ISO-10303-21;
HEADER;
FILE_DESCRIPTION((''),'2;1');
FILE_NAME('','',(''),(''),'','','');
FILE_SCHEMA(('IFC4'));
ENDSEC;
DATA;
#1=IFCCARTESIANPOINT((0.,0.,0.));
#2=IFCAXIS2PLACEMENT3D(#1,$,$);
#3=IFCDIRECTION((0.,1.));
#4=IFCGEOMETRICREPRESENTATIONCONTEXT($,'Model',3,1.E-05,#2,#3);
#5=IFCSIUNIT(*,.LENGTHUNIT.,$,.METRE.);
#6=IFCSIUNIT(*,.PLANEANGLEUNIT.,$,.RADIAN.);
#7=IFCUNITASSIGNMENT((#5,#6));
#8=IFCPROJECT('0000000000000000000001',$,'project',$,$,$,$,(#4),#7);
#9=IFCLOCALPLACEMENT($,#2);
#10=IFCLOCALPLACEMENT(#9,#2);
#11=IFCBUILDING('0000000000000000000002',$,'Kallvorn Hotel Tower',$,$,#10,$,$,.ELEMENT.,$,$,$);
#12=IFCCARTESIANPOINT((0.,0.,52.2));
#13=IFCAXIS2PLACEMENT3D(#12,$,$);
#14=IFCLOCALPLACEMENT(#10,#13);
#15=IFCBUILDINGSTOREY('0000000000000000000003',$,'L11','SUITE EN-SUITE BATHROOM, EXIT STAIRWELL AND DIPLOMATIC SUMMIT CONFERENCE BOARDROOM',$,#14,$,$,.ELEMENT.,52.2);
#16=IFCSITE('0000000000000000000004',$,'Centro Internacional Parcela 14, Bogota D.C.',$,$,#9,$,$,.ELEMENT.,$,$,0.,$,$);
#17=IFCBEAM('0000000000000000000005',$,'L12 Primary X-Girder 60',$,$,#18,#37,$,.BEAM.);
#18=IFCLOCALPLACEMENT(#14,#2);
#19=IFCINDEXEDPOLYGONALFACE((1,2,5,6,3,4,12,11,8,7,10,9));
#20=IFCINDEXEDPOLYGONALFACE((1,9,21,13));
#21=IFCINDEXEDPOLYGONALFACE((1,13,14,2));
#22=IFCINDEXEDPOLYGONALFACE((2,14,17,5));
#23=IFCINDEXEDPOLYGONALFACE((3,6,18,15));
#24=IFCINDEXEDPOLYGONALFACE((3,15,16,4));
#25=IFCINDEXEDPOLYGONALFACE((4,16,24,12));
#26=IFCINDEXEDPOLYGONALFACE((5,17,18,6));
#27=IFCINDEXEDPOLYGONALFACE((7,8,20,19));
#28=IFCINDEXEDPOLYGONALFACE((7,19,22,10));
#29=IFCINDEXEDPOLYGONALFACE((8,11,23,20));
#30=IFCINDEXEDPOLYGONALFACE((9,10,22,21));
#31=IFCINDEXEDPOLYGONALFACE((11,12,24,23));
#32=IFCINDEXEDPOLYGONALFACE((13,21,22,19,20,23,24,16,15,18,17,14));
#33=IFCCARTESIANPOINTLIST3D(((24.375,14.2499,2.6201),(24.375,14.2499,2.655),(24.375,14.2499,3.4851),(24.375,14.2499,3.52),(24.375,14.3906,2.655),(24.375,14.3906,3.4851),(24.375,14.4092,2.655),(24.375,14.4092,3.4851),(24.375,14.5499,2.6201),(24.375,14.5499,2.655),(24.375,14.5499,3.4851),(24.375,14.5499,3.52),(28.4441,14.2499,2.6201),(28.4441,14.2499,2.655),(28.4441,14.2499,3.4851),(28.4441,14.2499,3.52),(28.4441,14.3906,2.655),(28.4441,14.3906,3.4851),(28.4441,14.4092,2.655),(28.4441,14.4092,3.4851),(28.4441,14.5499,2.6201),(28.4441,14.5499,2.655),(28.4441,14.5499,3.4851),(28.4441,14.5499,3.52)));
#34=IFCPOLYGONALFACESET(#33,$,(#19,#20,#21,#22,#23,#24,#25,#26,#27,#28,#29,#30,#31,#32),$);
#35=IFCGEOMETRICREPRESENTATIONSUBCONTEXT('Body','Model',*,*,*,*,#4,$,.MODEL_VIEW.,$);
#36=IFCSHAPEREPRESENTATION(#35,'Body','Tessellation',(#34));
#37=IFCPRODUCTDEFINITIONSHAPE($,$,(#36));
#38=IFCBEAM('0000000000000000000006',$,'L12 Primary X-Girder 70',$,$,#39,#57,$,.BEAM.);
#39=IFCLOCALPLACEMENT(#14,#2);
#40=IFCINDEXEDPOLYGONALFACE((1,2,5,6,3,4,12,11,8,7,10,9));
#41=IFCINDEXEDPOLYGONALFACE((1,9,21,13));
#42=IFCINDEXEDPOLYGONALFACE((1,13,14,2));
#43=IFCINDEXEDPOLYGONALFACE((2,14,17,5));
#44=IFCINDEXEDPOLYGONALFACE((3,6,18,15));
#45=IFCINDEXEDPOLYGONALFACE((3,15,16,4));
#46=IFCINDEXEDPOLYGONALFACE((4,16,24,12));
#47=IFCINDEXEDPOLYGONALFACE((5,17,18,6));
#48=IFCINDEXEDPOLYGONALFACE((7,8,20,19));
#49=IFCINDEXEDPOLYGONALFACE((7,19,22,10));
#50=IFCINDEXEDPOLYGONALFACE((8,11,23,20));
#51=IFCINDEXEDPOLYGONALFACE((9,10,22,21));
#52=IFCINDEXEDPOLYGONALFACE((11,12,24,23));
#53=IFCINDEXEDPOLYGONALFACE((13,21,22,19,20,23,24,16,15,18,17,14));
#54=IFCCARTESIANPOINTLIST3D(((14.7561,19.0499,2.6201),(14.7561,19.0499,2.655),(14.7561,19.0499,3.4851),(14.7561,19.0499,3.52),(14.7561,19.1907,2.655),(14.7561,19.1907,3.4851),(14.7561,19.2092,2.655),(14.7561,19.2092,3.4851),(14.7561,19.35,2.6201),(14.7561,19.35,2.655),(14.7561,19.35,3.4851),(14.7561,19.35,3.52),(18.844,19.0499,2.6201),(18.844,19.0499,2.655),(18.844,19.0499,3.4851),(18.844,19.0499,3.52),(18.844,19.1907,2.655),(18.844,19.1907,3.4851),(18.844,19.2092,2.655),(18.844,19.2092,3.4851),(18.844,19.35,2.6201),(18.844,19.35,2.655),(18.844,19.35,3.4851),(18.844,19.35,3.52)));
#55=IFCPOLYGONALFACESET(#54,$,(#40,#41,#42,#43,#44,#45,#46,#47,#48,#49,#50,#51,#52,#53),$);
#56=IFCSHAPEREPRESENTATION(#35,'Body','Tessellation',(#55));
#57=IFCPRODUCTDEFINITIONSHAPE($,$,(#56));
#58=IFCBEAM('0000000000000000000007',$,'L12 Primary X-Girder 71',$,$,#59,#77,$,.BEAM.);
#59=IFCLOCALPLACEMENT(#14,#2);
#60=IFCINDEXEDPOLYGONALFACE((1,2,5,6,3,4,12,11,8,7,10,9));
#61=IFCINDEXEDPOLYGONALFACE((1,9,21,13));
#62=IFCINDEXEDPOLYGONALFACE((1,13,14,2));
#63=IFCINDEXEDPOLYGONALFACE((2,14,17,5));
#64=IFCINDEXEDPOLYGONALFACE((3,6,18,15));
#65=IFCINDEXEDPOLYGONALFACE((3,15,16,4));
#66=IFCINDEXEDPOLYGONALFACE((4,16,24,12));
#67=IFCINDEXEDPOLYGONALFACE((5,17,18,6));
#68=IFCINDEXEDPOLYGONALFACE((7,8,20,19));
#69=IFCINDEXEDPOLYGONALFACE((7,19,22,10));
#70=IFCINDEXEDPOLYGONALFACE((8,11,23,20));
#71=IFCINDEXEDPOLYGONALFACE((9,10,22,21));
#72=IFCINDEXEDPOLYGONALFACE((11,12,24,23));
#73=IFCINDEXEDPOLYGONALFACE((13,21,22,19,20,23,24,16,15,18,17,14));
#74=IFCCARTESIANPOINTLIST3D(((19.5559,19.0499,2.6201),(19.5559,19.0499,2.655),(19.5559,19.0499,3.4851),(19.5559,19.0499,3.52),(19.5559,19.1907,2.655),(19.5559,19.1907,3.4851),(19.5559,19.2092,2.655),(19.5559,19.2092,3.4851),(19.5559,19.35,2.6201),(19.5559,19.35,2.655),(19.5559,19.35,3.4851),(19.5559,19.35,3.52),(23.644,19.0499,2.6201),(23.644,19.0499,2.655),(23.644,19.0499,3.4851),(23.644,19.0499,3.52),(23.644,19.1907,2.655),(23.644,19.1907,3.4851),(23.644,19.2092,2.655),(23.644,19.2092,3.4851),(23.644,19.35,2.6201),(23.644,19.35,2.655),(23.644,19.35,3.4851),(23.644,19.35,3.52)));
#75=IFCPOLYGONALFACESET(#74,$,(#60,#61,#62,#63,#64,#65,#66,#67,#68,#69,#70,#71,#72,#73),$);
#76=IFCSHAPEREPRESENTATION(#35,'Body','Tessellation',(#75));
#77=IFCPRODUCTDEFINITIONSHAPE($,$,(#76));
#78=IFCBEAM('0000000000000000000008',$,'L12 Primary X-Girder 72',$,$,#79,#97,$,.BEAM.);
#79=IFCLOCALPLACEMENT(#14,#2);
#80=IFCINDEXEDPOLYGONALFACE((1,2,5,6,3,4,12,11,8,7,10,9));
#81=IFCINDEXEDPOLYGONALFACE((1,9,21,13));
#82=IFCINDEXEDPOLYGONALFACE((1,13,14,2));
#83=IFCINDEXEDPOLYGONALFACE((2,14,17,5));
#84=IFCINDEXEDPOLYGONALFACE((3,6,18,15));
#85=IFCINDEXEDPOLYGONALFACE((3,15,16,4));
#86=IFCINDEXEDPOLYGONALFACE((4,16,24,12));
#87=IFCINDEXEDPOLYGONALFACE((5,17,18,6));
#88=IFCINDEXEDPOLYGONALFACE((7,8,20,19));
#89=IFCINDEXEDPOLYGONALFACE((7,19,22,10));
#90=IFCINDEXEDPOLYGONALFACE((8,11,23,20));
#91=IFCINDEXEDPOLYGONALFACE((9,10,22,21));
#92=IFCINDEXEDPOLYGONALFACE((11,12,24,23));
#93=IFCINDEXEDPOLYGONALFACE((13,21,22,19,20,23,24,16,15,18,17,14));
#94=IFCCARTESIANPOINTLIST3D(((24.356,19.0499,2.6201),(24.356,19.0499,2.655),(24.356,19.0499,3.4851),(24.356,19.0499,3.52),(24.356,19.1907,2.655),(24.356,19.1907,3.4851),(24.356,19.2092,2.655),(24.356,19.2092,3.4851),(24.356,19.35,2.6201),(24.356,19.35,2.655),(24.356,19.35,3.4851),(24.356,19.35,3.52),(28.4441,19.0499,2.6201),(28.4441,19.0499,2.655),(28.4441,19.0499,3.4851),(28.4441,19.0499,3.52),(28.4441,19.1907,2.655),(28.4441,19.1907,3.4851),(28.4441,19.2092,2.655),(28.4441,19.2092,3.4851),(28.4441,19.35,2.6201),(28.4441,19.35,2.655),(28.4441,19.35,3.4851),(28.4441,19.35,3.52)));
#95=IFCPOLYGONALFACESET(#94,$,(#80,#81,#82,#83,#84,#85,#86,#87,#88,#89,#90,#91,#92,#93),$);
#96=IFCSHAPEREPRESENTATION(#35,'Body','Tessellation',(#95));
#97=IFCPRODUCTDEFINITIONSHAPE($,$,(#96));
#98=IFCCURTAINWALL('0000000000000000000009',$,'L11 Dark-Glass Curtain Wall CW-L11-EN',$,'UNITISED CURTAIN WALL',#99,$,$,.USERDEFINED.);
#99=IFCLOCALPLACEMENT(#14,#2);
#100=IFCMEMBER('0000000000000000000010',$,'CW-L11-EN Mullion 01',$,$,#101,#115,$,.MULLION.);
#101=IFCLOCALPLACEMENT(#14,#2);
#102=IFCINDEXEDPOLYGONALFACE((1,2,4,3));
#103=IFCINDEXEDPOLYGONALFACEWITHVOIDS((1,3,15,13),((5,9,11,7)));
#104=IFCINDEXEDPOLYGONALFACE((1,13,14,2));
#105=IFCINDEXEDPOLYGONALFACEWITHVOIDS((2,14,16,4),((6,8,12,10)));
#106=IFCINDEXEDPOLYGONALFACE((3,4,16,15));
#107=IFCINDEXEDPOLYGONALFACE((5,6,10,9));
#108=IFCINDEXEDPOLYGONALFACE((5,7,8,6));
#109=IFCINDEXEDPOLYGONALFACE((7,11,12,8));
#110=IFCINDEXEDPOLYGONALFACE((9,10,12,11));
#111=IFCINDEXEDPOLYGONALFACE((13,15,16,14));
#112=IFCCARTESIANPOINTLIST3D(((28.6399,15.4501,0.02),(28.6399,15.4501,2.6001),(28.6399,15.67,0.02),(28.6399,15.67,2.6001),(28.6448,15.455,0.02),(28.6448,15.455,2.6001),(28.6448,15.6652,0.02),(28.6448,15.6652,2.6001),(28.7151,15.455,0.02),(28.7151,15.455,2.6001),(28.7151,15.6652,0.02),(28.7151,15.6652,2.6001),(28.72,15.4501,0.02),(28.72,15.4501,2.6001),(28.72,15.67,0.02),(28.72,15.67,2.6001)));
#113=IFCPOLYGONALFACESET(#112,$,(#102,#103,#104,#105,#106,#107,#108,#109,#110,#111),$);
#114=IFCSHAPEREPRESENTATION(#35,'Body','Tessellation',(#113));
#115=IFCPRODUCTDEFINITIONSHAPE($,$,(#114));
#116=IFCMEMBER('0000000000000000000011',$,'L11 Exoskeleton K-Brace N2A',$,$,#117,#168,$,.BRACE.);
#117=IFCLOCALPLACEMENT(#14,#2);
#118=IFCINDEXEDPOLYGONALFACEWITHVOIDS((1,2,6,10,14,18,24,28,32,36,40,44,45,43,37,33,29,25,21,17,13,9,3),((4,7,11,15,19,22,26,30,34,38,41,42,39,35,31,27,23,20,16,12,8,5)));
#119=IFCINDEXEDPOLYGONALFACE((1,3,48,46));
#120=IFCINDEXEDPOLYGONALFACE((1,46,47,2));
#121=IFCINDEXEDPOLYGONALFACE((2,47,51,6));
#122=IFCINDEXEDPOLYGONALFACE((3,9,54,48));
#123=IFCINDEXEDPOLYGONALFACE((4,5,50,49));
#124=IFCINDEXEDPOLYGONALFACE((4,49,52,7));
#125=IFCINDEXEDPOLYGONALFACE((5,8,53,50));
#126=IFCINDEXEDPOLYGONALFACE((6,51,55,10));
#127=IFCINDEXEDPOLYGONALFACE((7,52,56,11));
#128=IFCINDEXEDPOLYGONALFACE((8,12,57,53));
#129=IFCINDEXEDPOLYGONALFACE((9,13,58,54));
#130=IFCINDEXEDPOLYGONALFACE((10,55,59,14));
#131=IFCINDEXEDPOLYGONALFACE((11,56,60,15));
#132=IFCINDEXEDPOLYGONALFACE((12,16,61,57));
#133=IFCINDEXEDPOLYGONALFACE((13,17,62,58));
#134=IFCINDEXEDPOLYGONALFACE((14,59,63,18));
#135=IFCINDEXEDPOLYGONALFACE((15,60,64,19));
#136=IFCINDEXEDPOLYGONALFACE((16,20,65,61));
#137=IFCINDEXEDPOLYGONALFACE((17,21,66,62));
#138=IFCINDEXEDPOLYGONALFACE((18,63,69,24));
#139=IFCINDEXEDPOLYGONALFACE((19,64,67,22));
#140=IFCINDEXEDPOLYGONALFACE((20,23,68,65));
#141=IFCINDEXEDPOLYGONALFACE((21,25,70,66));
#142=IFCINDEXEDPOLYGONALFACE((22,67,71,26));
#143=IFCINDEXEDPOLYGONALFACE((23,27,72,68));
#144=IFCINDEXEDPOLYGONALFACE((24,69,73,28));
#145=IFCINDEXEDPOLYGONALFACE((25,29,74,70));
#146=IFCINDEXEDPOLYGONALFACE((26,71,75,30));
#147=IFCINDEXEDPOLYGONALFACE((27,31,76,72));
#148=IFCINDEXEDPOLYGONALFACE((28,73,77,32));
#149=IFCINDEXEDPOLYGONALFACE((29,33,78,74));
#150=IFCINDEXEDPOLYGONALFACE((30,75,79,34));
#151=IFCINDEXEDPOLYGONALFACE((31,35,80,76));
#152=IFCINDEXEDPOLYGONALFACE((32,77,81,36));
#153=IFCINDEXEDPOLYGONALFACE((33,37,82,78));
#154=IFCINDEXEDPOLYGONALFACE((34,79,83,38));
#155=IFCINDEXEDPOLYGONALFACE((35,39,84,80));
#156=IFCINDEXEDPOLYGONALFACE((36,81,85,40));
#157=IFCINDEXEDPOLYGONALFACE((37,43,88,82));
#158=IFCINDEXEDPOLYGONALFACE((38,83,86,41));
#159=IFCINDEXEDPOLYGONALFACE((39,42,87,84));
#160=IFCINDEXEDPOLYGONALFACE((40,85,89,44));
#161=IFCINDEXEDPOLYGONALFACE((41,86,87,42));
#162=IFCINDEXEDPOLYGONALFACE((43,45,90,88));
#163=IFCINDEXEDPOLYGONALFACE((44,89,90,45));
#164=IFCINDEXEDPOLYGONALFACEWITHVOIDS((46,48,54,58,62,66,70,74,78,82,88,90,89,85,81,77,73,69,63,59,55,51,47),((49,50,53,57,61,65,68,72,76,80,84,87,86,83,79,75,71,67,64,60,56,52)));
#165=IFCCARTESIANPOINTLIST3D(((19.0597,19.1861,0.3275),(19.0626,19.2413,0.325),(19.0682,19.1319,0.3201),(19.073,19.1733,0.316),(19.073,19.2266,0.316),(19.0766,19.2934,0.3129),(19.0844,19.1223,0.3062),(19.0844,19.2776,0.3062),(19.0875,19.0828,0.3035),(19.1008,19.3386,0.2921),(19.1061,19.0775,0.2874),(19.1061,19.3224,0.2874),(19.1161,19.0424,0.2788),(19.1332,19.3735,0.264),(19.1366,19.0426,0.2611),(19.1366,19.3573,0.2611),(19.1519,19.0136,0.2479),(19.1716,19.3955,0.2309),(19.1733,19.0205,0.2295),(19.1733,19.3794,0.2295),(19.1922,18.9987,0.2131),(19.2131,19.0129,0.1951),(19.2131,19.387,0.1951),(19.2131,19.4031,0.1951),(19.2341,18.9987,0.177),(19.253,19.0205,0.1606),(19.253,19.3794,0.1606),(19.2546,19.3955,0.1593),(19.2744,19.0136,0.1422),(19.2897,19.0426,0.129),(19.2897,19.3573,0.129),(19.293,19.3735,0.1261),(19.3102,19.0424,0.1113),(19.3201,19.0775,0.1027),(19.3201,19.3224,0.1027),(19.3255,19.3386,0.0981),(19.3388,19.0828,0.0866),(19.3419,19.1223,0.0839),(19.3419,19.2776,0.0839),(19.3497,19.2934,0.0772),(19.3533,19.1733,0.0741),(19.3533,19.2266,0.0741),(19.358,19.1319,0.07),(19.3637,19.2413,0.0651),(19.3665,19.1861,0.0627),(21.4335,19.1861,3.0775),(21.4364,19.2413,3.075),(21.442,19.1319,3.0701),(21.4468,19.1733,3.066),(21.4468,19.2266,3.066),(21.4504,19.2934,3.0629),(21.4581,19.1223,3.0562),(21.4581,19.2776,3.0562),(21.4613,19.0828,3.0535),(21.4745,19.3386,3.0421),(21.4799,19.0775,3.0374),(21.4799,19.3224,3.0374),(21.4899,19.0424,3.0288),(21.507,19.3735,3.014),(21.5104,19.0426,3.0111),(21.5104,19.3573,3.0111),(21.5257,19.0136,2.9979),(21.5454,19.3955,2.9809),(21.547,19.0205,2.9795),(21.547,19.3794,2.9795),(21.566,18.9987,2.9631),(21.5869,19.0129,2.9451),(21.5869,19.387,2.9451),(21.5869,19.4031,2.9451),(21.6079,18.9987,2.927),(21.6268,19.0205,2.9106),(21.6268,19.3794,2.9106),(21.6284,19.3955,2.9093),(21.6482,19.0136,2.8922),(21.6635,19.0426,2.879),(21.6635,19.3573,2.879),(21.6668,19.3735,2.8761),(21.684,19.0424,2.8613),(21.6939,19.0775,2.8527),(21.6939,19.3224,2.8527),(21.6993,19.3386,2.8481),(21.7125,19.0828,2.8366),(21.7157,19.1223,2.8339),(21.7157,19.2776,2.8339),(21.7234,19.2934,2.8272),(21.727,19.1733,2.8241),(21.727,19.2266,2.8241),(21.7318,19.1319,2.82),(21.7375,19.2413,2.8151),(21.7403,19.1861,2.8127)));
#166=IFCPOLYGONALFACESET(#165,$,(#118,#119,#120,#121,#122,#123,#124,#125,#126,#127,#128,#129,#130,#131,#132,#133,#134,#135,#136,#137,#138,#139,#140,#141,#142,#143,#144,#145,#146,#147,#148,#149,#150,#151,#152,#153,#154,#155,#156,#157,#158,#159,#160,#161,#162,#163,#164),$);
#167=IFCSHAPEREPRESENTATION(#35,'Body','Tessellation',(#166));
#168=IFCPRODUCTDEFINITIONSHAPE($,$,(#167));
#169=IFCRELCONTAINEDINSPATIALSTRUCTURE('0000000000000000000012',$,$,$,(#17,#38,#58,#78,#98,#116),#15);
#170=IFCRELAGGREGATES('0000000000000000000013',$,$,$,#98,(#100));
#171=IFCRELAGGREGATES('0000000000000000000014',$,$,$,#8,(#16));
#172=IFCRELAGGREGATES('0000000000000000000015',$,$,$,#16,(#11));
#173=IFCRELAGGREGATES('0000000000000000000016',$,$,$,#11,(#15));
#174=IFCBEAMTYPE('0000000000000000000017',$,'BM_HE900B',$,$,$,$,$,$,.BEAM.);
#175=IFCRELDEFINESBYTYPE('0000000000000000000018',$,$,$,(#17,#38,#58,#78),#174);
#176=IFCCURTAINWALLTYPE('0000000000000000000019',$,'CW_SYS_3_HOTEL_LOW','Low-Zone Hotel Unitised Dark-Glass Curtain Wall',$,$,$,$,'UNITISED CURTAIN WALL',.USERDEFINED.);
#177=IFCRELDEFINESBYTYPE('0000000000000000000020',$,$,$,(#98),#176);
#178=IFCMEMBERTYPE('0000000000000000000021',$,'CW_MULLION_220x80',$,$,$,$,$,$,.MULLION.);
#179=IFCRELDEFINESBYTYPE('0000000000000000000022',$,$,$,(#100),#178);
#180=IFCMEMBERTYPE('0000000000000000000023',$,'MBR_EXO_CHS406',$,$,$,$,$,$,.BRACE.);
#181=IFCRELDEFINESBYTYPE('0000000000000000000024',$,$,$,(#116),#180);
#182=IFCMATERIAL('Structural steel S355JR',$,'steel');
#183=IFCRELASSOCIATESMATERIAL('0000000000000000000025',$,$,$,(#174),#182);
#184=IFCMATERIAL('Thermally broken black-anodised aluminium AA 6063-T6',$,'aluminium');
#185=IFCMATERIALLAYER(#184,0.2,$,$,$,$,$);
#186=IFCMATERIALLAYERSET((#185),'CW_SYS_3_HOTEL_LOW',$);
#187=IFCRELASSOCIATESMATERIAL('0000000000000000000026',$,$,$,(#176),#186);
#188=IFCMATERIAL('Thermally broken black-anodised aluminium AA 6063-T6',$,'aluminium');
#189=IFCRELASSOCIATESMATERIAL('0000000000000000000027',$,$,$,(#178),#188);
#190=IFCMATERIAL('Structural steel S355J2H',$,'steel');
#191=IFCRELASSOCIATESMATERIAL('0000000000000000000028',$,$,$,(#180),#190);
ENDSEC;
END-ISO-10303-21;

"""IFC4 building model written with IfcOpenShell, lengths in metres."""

from ifc_helpers import new_model, si_unit, direction, frame, origin, origin_2d, place, context, subcontext, project, spatial, hollow_rectangle, hollow_circle, i_section, extrude, material, layer, layer_set, material_profile, profile_set, type_object, element, aggregate, save


model = new_model("IFC4")

# Units and contexts
model_context = context("Model", 3, precision=1e-05, world=origin(), true_north=direction((0.0, 1.0)))
body_context = subcontext(model_context, "Body", "Model", "MODEL_VIEW")
ifc_project = project(units=[si_unit("LENGTHUNIT", "METRE"), si_unit("PLANEANGLEUNIT", "RADIAN")], contexts=[model_context])

# Site, building, storey
site_placement = place(None, origin())
site = spatial("IfcSite", under=ifc_project, at=site_placement, Name="Centro Internacional Parcela 14, Bogota D.C.", CompositionType="ELEMENT", RefElevation=0.0)
building_placement = place(site_placement, origin())
building = spatial("IfcBuilding", under=site, at=building_placement, Name="Kallvorn Hotel Tower", CompositionType="ELEMENT")
storey_placement = place(building_placement, frame((0.0, 0.0, 52.2)))
storey = spatial("IfcBuildingStorey", under=building, at=storey_placement, Name="L11", Description="SUITE EN-SUITE BATHROOM, EXIT STAIRWELL AND DIPLOMATIC SUMMIT CONFERENCE BOARDROOM", CompositionType="ELEMENT", Elevation=52.2)

# Beams
ifc_material_1 = material(Name="Structural steel S355JR", Category="steel")
ifc_material_profile_1 = material_profile(ifc_material_1, i_section(OverallWidth=0.3, OverallDepth=0.8999, WebThickness=0.0186, FlangeThickness=0.0349, at=origin_2d()), Name="HE 900 B")
ifc_profile_set_1 = profile_set([ifc_material_profile_1], Name="Structural steel S355JR")
beam_type_1 = type_object("IfcBeamType", Name="BM_HE900B", PredefinedType="BEAM", material=ifc_profile_set_1)
for number, where, z_axis, x_axis, name in (
    (1, (24.375, 14.3999, 3.0701), (1.0, 0.0, 0.0), (0.0, 1.0, 0.0), "L12 Primary X-Girder 60"),
):
    element("IfcBeam", number, at=place(storey_placement, frame(where, z_axis=z_axis, x_axis=x_axis)), inside=storey, type_object=beam_type_1, Name=name, PredefinedType="BEAM", context=body_context, shape_type="SweptSolid", body=[
        extrude(i_section(OverallWidth=0.3, OverallDepth=0.8999, WebThickness=0.0186, FlangeThickness=0.0349, at=origin_2d()), origin(), (0.0, 0.0, 1.0), 4.0691),
    ])
beam_1_placement = place(storey_placement, frame((14.7561, 19.2, 3.0701), z_axis=(1.0, 0.0, 0.0), x_axis=(0.0, 1.0, 0.0)))
element("IfcBeam", 2, at=beam_1_placement, inside=storey, type_object=beam_type_1, Name="L12 Primary X-Girder 70", PredefinedType="BEAM", context=body_context, shape_type="SweptSolid", body=[
    extrude(i_section(OverallWidth=0.3, OverallDepth=0.8999, WebThickness=0.0186, FlangeThickness=0.0349, at=origin_2d()), origin(), (0.0, 0.0, 1.0), 4.0879),
])
for number, where, z_axis, x_axis, name in (
    (3, (19.5559, 19.2, 3.0701), (1.0, 0.0, 0.0), (0.0, 1.0, 0.0), "L12 Primary X-Girder 71"),
    (4, (24.356, 19.2, 3.0701), (1.0, 0.0, 0.0), (0.0, 1.0, 0.0), "L12 Primary X-Girder 72"),
):
    element("IfcBeam", number, at=place(storey_placement, frame(where, z_axis=z_axis, x_axis=x_axis)), inside=storey, type_object=beam_type_1, Name=name, PredefinedType="BEAM", context=body_context, shape_type="SweptSolid", body=[
        extrude(i_section(OverallWidth=0.3, OverallDepth=0.8999, WebThickness=0.0186, FlangeThickness=0.0349, at=origin_2d()), origin(), (0.0, 0.0, 1.0), 4.0881),
    ])

# Curtain wall, member
ifc_material_2 = material(Name="Thermally broken black-anodised aluminium AA 6063-T6", Category="aluminium")
ifc_layer_1 = layer(ifc_material_2, 0.2)
ifc_layer_set_1 = layer_set([ifc_layer_1], Name="CW_SYS_3_HOTEL_LOW")
curtain_wall_type = type_object("IfcCurtainWallType", Name="CW_SYS_3_HOTEL_LOW", Description="Low-Zone Hotel Unitised Dark-Glass Curtain Wall", ElementType="UNITISED CURTAIN WALL", PredefinedType="USERDEFINED", material=ifc_layer_set_1)
curtain_wall_placement = place(storey_placement, origin())
curtain_wall = element("IfcCurtainWall", 5, at=curtain_wall_placement, inside=storey, type_object=curtain_wall_type, Name="L11 Dark-Glass Curtain Wall CW-L11-EN", ObjectType="UNITISED CURTAIN WALL", PredefinedType="USERDEFINED")
ifc_material_3 = material(Name="Thermally broken black-anodised aluminium AA 6063-T6", Category="aluminium")
ifc_material_profile_2 = material_profile(ifc_material_3, hollow_rectangle(XDim=0.0801, YDim=0.22, WallThickness=0.0049, at=origin_2d()), Name="MUL 220x80")
ifc_profile_set_2 = profile_set([ifc_material_profile_2], Name="Thermally broken black-anodised aluminium AA 6063-T6")
member_type_1 = type_object("IfcMemberType", Name="CW_MULLION_220x80", PredefinedType="MULLION", material=ifc_profile_set_2)
member_placement = place(storey_placement, frame((28.6799, 15.5601, 0.02), z_axis=(0.0, 0.0, 1.0), x_axis=(1.0, 0.0, 0.0)))
member = element("IfcMember", 6, at=member_placement, type_object=member_type_1, Name="CW-L11-EN Mullion 01", PredefinedType="MULLION", context=body_context, shape_type="SweptSolid", body=[
    extrude(hollow_rectangle(XDim=0.0801, YDim=0.22, WallThickness=0.0049, at=origin_2d()), origin(), (0.0, 0.0, 1.0), 2.5801),
])
aggregate(curtain_wall, [member])

# Member
ifc_material_4 = material(Name="Structural steel S355J2H", Category="steel")
ifc_material_profile_3 = material_profile(ifc_material_4, hollow_circle(Radius=0.2031, WallThickness=0.0161, at=origin_2d()), Name="CHS 406.4x16")
ifc_profile_set_3 = profile_set([ifc_material_profile_3], Name="Structural steel S355J2H")
member_type_2 = type_object("IfcMemberType", Name="MBR_EXO_CHS406", PredefinedType="BRACE", material=ifc_profile_set_3)
for number, where, z_axis, x_axis, name in (
    (7, (19.2131, 19.2, 0.1951), (0.653427, 0.0, 0.756989), (0.0, 1.0, 0.0), "L11 Exoskeleton K-Brace N2A"),
):
    element("IfcMember", number, at=place(storey_placement, frame(where, z_axis=z_axis, x_axis=x_axis)), inside=storey, type_object=member_type_2, Name=name, PredefinedType="BRACE", context=body_context, shape_type="SweptSolid", body=[
        extrude(hollow_circle(Radius=0.2031, WallThickness=0.0161, at=origin_2d()), origin(), (0.0, 0.0, 1.0), 3.6328),
    ])

save(model, "model.ifc")
